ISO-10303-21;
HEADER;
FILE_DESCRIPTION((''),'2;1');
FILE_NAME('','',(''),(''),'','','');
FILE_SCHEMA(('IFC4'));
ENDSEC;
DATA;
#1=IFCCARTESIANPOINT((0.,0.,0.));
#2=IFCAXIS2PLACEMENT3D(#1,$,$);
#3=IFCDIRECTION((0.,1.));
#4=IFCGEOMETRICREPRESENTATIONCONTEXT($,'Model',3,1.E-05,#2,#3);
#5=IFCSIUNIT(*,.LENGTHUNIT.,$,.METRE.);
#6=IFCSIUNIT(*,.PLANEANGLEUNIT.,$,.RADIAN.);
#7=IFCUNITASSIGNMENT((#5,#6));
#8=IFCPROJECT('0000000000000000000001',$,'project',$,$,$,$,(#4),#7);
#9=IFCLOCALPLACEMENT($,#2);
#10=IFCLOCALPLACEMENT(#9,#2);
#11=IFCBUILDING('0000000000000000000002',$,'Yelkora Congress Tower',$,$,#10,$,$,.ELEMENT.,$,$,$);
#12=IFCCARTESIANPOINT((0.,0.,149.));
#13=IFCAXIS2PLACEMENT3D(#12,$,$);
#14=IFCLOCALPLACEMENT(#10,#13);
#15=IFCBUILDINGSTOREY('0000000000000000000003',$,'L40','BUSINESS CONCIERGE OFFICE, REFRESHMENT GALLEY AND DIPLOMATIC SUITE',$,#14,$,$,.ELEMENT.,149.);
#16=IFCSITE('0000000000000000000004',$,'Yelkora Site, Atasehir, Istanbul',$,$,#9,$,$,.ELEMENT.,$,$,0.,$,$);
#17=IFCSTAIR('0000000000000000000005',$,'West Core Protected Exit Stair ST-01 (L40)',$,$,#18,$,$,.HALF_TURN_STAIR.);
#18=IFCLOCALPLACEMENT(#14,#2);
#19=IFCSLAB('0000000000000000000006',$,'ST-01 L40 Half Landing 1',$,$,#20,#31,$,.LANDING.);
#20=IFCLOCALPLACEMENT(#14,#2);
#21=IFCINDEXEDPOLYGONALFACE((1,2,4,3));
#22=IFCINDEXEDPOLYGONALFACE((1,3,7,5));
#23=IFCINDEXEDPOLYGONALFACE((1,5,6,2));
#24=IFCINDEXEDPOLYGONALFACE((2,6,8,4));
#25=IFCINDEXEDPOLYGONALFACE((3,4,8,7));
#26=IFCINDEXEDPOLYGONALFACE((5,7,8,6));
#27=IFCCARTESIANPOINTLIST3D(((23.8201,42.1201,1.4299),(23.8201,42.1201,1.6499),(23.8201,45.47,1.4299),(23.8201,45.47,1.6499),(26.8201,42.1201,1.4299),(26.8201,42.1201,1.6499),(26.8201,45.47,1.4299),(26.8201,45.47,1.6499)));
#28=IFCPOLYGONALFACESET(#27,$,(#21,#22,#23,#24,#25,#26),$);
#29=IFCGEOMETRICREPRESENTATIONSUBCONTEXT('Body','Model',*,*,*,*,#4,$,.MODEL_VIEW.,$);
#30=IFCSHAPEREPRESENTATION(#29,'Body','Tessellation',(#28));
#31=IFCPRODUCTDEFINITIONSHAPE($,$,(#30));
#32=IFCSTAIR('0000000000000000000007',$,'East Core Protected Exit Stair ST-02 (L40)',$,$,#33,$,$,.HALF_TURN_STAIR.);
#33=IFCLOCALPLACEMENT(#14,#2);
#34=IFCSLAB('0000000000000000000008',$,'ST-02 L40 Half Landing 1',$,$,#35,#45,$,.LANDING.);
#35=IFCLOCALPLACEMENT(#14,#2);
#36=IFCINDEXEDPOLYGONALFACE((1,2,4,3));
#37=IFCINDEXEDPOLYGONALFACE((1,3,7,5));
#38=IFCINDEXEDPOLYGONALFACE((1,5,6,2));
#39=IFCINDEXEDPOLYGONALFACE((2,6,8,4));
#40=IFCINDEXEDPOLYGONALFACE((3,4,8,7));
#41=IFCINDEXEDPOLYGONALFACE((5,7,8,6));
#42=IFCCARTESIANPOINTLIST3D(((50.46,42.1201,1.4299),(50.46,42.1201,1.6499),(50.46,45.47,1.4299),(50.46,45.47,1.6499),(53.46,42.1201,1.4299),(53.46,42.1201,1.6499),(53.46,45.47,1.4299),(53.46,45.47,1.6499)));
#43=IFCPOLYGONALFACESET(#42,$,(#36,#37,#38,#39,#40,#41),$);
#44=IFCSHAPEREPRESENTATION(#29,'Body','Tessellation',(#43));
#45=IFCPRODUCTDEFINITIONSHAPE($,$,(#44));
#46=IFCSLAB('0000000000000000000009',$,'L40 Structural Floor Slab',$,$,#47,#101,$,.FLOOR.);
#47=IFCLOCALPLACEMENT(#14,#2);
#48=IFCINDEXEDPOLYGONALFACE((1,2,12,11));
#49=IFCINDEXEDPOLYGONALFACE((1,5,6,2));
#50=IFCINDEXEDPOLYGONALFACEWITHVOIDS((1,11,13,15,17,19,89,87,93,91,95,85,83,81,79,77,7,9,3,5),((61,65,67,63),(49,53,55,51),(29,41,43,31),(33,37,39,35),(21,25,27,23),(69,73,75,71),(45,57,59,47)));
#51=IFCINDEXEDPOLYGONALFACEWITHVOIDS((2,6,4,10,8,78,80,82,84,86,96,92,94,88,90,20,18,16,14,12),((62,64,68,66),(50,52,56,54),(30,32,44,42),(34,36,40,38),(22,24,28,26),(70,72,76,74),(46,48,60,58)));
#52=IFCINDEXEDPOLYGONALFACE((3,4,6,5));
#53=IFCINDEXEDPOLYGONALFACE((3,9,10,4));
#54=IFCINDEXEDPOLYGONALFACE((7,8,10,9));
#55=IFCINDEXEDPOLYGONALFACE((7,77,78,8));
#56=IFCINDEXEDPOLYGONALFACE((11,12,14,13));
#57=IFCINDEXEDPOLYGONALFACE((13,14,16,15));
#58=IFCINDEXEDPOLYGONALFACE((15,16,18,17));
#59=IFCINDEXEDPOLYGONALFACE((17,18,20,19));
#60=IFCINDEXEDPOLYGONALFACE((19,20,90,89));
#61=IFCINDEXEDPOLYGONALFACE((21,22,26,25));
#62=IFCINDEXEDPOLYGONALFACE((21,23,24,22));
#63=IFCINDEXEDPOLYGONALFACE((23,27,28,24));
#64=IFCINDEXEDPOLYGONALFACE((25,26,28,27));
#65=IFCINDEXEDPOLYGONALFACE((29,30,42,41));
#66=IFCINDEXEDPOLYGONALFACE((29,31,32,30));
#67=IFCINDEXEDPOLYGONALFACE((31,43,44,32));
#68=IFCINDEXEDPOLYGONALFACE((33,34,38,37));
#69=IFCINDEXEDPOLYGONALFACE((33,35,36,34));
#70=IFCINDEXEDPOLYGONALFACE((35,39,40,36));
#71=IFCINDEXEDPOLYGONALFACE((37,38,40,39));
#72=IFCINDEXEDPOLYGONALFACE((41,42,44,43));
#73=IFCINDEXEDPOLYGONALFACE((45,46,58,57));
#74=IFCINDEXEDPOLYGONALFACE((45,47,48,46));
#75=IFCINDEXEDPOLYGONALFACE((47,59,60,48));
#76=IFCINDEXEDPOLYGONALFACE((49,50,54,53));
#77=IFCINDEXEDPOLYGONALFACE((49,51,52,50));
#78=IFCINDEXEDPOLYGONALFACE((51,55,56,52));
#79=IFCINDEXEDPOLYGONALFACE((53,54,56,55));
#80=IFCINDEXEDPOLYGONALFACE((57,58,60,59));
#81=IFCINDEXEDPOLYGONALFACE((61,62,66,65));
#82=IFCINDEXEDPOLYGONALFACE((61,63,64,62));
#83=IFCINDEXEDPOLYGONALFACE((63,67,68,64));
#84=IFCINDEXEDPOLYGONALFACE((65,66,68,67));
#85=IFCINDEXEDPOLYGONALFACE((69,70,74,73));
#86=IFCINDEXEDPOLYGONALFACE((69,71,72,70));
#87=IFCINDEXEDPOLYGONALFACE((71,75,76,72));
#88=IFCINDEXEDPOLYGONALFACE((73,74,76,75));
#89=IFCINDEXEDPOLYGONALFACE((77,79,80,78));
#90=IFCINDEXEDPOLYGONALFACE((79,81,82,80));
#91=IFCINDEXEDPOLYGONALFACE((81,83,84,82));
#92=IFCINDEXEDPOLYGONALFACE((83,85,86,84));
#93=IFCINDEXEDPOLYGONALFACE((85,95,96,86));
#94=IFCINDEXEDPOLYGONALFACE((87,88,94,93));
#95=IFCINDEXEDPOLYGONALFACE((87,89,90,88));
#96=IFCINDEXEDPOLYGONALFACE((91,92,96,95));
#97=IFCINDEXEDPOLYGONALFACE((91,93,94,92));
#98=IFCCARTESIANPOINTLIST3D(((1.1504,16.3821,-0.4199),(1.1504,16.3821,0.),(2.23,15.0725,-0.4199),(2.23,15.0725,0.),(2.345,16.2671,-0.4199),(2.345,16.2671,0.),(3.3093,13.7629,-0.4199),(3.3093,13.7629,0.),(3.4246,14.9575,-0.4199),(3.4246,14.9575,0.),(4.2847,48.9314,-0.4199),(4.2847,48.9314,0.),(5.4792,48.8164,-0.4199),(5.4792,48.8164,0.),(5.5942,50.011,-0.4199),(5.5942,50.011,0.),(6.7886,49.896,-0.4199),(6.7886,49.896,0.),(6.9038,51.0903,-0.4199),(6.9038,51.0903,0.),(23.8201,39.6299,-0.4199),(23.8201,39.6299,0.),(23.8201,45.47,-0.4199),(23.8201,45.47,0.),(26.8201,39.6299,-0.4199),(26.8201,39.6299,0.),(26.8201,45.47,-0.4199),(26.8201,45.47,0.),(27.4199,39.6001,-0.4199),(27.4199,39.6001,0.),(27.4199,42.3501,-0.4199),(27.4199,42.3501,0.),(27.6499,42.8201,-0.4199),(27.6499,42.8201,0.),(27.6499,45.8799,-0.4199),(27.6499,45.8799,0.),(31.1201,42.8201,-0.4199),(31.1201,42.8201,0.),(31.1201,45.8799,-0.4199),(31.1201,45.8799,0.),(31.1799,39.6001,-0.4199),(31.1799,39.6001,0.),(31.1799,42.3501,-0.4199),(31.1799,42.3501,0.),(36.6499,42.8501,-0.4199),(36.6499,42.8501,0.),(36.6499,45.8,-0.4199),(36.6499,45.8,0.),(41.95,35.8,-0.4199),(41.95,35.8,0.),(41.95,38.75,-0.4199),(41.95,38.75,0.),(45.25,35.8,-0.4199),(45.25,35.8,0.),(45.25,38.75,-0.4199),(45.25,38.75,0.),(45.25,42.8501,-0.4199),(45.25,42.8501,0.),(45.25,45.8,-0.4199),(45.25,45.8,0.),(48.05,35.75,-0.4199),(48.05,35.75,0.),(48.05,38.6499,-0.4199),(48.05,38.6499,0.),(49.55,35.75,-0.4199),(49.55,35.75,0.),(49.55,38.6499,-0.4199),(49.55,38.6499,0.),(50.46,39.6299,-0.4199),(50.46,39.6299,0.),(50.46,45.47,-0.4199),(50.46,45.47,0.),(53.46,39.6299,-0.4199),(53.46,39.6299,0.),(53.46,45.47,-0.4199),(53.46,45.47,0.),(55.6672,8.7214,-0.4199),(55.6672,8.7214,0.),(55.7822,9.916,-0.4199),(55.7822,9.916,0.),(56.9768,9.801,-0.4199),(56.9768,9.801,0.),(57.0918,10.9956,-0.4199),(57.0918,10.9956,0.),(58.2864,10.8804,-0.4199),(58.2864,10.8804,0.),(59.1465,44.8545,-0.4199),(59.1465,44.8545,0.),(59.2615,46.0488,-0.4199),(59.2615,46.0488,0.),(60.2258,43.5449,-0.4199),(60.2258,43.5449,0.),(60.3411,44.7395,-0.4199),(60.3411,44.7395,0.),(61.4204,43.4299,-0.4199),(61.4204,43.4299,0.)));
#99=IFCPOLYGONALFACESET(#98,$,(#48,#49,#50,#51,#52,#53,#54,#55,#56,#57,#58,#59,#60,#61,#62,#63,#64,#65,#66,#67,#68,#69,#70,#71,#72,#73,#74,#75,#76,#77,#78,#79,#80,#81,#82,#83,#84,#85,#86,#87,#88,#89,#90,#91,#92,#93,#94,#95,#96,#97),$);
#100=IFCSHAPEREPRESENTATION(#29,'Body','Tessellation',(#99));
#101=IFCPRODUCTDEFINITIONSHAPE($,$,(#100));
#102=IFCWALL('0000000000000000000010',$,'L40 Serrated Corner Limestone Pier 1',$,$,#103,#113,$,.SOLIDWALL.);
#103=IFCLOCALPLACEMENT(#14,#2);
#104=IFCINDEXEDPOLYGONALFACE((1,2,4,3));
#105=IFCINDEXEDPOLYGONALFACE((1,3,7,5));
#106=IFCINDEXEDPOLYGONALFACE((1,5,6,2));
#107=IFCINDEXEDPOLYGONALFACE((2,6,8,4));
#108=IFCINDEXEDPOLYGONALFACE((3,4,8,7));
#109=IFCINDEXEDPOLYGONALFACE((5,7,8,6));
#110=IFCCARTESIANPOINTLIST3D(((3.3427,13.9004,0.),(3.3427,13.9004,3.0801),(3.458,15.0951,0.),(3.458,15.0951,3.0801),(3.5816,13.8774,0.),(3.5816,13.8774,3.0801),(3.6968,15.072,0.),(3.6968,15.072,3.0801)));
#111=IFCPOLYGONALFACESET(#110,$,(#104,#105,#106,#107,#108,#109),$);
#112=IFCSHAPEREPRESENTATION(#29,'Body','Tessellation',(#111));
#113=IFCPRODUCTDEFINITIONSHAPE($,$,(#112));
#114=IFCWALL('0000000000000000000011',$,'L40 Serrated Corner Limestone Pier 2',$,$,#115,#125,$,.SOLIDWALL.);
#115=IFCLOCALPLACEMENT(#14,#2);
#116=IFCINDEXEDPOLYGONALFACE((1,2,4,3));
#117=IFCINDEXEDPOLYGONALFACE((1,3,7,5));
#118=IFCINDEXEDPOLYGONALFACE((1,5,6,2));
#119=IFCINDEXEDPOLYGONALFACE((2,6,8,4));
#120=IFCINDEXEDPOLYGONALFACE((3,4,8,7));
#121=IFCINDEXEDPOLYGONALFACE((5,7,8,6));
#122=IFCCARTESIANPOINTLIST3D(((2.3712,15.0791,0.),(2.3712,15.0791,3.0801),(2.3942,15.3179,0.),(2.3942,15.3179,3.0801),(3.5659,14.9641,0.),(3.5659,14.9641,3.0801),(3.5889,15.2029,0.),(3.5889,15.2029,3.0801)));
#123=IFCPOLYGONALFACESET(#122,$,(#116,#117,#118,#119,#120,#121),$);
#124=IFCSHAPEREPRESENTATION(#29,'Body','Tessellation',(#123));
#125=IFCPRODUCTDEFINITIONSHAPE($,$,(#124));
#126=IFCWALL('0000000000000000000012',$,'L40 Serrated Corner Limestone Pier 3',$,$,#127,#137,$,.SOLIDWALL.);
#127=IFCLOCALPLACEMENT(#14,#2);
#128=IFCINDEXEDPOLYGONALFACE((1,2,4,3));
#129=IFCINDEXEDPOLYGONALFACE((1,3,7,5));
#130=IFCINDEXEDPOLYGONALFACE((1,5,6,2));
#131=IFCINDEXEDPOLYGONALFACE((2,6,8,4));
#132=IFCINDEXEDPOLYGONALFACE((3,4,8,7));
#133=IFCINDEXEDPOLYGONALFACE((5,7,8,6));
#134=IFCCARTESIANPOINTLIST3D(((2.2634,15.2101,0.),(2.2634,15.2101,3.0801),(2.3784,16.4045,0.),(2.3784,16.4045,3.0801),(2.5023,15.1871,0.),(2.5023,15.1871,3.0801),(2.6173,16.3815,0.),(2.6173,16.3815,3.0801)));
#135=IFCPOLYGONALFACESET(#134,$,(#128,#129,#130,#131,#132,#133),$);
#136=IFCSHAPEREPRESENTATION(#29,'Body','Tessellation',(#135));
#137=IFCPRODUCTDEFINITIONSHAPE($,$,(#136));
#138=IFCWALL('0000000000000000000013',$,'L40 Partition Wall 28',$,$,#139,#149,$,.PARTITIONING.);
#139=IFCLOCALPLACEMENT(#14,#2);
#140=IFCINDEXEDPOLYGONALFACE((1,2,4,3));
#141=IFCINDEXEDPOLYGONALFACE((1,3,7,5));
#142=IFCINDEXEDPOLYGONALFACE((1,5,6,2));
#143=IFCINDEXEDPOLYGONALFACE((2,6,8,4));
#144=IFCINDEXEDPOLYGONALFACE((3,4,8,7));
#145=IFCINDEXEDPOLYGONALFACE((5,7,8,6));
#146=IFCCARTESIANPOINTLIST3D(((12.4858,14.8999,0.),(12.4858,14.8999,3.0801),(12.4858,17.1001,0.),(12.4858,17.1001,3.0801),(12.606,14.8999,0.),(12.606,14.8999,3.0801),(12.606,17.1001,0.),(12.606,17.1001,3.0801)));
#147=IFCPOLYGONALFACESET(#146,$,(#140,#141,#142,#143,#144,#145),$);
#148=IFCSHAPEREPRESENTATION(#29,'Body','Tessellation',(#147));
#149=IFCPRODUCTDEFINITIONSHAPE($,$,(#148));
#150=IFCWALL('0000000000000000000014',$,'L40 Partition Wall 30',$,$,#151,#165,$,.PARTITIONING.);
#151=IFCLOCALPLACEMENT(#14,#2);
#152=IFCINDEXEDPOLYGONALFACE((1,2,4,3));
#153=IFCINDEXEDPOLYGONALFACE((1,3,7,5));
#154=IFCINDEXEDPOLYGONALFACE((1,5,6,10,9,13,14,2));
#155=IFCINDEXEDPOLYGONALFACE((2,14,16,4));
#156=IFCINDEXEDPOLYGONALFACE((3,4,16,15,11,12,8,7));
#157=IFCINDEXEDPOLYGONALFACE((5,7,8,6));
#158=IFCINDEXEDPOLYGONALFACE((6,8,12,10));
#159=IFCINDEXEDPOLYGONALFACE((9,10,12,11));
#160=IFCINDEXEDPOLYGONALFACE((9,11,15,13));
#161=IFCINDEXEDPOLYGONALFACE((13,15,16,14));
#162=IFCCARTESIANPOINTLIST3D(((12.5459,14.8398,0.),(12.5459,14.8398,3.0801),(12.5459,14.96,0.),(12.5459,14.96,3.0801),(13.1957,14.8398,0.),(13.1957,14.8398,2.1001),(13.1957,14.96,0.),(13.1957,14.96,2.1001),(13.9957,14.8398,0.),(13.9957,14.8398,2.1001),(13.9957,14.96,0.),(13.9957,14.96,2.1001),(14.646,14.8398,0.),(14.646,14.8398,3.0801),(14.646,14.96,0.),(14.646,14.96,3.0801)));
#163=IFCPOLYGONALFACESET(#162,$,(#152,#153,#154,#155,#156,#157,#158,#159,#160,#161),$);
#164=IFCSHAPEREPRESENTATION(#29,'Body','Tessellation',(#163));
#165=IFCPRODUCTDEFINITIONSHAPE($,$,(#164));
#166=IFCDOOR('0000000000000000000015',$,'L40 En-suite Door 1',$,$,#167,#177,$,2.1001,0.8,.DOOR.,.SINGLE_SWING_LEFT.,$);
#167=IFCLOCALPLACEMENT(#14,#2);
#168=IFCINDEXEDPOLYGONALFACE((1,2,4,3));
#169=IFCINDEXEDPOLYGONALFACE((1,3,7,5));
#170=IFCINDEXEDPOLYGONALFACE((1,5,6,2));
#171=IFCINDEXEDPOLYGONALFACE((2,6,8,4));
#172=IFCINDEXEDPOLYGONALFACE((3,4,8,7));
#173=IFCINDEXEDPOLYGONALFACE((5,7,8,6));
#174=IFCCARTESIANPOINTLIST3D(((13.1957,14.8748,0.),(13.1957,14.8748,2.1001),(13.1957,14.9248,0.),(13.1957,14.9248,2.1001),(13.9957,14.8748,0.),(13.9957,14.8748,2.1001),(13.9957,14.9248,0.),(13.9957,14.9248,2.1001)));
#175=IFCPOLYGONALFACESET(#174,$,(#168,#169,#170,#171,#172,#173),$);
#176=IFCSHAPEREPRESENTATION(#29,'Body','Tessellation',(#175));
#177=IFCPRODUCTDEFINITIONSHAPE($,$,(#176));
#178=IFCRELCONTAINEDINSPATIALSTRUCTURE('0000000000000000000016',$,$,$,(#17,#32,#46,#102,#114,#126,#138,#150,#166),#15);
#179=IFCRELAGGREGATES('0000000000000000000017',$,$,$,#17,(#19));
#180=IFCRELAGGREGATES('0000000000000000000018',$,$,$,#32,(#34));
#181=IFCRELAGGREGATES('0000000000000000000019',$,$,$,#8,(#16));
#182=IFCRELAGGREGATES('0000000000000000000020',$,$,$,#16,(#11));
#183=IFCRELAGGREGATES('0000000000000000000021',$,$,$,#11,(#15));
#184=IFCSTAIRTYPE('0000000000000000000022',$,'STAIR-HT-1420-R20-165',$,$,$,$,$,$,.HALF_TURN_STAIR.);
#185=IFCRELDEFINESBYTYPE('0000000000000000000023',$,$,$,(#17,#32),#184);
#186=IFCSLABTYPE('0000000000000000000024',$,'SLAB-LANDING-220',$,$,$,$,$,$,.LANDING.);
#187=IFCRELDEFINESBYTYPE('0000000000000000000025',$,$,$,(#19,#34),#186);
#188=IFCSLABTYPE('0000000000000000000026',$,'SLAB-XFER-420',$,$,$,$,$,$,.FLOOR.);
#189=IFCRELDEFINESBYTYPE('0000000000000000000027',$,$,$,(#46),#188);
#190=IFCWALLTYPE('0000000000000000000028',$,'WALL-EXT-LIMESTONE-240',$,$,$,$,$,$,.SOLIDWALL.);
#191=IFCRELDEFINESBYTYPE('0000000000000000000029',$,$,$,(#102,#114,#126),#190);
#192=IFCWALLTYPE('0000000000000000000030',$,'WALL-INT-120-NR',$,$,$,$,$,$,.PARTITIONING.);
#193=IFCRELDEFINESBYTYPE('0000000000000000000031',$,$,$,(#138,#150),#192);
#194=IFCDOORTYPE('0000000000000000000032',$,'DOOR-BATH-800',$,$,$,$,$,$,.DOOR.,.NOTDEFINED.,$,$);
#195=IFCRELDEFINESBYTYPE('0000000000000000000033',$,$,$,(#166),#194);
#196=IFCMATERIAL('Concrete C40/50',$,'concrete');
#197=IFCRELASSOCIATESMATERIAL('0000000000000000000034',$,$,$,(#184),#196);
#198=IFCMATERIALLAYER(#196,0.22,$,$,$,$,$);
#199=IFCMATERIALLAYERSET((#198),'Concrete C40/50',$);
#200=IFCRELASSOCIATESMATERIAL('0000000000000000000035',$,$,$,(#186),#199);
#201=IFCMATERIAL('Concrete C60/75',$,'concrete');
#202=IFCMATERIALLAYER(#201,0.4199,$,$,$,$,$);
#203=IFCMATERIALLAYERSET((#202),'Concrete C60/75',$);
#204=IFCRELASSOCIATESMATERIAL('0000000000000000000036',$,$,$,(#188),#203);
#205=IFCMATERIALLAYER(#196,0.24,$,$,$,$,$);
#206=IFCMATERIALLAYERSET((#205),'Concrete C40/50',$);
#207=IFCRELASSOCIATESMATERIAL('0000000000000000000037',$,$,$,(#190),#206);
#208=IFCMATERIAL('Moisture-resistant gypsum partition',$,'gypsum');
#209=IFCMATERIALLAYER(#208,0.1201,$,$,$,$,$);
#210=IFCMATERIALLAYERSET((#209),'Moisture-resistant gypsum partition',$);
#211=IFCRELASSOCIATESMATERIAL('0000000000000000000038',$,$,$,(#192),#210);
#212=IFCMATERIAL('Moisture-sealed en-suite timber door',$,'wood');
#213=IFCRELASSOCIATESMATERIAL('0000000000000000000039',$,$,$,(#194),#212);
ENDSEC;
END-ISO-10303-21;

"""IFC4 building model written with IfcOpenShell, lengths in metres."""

from ifc_helpers import new_model, si_unit, direction, frame, frame_2d, origin, place, context, subcontext, project, spatial, polyline, rectangle, outline, extrude, material, layer, layer_set, type_object, element, fill, aggregate, save


model = new_model("IFC4")

# Units and contexts
model_context = context("Model", 3, precision=1e-05, world=origin(), true_north=direction((0.0, 1.0)))
body_context = subcontext(model_context, "Body", "Model", "MODEL_VIEW")
ifc_project = project(units=[si_unit("LENGTHUNIT", "METRE"), si_unit("PLANEANGLEUNIT", "RADIAN")], contexts=[model_context])

# Site, building, storey
site_placement = place(None, origin())
site = spatial("IfcSite", under=ifc_project, at=site_placement, Name="Yelkora Site, Atasehir, Istanbul", CompositionType="ELEMENT", RefElevation=0.0)
building_placement = place(site_placement, origin())
building = spatial("IfcBuilding", under=site, at=building_placement, Name="Yelkora Congress Tower", CompositionType="ELEMENT")
storey_placement = place(building_placement, frame((0.0, 0.0, 149.0)))
storey = spatial("IfcBuildingStorey", under=building, at=storey_placement, Name="L40", Description="BUSINESS CONCIERGE OFFICE, REFRESHMENT GALLEY AND DIPLOMATIC SUITE", CompositionType="ELEMENT", Elevation=149.0)

# Stairs, slabs
ifc_material_1 = material(Name="Concrete C40/50", Category="concrete")
stair_type = type_object("IfcStairType", Name="STAIR-HT-1420-R20-165", PredefinedType="HALF_TURN_STAIR", material=ifc_material_1)
stair_1_placement = place(storey_placement, origin())
stair_1 = element("IfcStair", 1, at=stair_1_placement, inside=storey, type_object=stair_type, Name="West Core Protected Exit Stair ST-01 (L40)", PredefinedType="HALF_TURN_STAIR")
ifc_layer_1 = layer(ifc_material_1, 0.22)
ifc_layer_set_1 = layer_set([ifc_layer_1], Name="Concrete C40/50")
slab_type_1 = type_object("IfcSlabType", Name="SLAB-LANDING-220", PredefinedType="LANDING", material=ifc_layer_set_1)
slab_1_placement = place(storey_placement, frame((0.0, 0.0, 1.4299)))
slab_1 = element("IfcSlab", 2, at=slab_1_placement, type_object=slab_type_1, Name="ST-01 L40 Half Landing 1", PredefinedType="LANDING", context=body_context, shape_type="SweptSolid", body=[
    extrude(outline(polyline([(26.8201, 42.1201), (26.8201, 45.47), (23.8201, 45.47), (23.8201, 42.1201), (26.8201, 42.1201)])), origin(), (0.0, 0.0, 1.0), 0.22),
])
aggregate(stair_1, [slab_1])
stair_2_placement = place(storey_placement, origin())
stair_2 = element("IfcStair", 3, at=stair_2_placement, inside=storey, type_object=stair_type, Name="East Core Protected Exit Stair ST-02 (L40)", PredefinedType="HALF_TURN_STAIR")
slab_2_placement = place(storey_placement, frame((0.0, 0.0, 1.4299)))
slab_2 = element("IfcSlab", 4, at=slab_2_placement, type_object=slab_type_1, Name="ST-02 L40 Half Landing 1", PredefinedType="LANDING", context=body_context, shape_type="SweptSolid", body=[
    extrude(outline(polyline([(53.46, 42.1201), (53.46, 45.47), (50.46, 45.47), (50.46, 42.1201), (53.46, 42.1201)])), origin(), (0.0, 0.0, 1.0), 0.22),
])
aggregate(stair_2, [slab_2])

# Slab
ifc_material_2 = material(Name="Concrete C60/75", Category="concrete")
ifc_layer_2 = layer(ifc_material_2, 0.4199)
ifc_layer_set_2 = layer_set([ifc_layer_2], Name="Concrete C60/75")
slab_type_2 = type_object("IfcSlabType", Name="SLAB-XFER-420", PredefinedType="FLOOR", material=ifc_layer_set_2)
slab_3_placement = place(storey_placement, frame((0.0, 0.0, -0.4199)))
element("IfcSlab", 5, at=slab_3_placement, inside=storey, type_object=slab_type_2, Name="L40 Structural Floor Slab", PredefinedType="FLOOR", context=body_context, shape_type="SweptSolid", body=[
    extrude(outline(polyline([(3.3093, 13.7629), (55.6672, 8.7214), (55.7822, 9.916), (56.9768, 9.801), (57.0918, 10.9956), (58.2864, 10.8804), (61.4204, 43.4299), (60.2258, 43.5449), (60.3411, 44.7395), (59.1465, 44.8545), (59.2615, 46.0488), (6.9038, 51.0903), (6.7886, 49.896), (5.5942, 50.011), (5.4792, 48.8164), (4.2847, 48.9314), (1.1504, 16.3821), (2.345, 16.2671), (2.23, 15.0725), (3.4246, 14.9575), (3.3093, 13.7629)]), holes=[polyline([(23.8201, 39.6299), (26.8201, 39.6299), (26.8201, 45.47), (23.8201, 45.47), (23.8201, 39.6299)]), polyline([(50.46, 39.6299), (53.46, 39.6299), (53.46, 45.47), (50.46, 45.47), (50.46, 39.6299)]), polyline([(48.05, 35.75), (49.55, 35.75), (49.55, 38.6499), (48.05, 38.6499), (48.05, 35.75)]), polyline([(36.6499, 42.8501), (45.25, 42.8501), (45.25, 45.8), (36.6499, 45.8), (36.6499, 42.8501)]), polyline([(41.95, 35.8), (45.25, 35.8), (45.25, 38.75), (41.95, 38.75), (41.95, 35.8)]), polyline([(27.4199, 39.6001), (31.1799, 39.6001), (31.1799, 42.3501), (27.4199, 42.3501), (27.4199, 39.6001)]), polyline([(27.6499, 42.8201), (31.1201, 42.8201), (31.1201, 45.8799), (27.6499, 45.8799), (27.6499, 42.8201)])]), origin(), (0.0, 0.0, 1.0), 0.4199),
])

# Walls
ifc_layer_3 = layer(ifc_material_1, 0.24)
ifc_layer_set_3 = layer_set([ifc_layer_3], Name="Concrete C40/50")
wall_type_1 = type_object("IfcWallType", Name="WALL-EXT-LIMESTONE-240", PredefinedType="SOLIDWALL", material=ifc_layer_set_3)
for number, where, z_axis, x_axis, name in (
    (6, (3.4622, 13.8889, 0.0), (0.0, 0.0, 1.0), (0.096019, 0.99538, 0.0), "L40 Serrated Corner Limestone Pier 1"),
    (7, (3.5774, 15.0835, 0.0), (0.0, 0.0, 1.0), (-0.995399, 0.095817, 0.0), "L40 Serrated Corner Limestone Pier 2"),
):
    element("IfcWall", number, at=place(storey_placement, frame(where, z_axis=z_axis, x_axis=x_axis)), inside=storey, type_object=wall_type_1, Name=name, PredefinedType="SOLIDWALL", context=body_context, shape_type="SweptSolid", body=[
        extrude(rectangle(XDim=1.2002, YDim=0.24, at=frame_2d((0.6001, 0.0))), origin(), (0.0, 0.0, 1.0), 3.0801),
    ])
wall_1_placement = place(storey_placement, frame((2.3828, 15.1985, 0.0), z_axis=(0.0, 0.0, 1.0), x_axis=(0.095836, 0.995397, 0.0)))
element("IfcWall", 8, at=wall_1_placement, inside=storey, type_object=wall_type_1, Name="L40 Serrated Corner Limestone Pier 3", PredefinedType="SOLIDWALL", context=body_context, shape_type="SweptSolid", body=[
    extrude(rectangle(XDim=1.2, YDim=0.24, at=frame_2d((0.6001, 0.0))), origin(), (0.0, 0.0, 1.0), 3.0801),
])
ifc_material_3 = material(Name="Moisture-resistant gypsum partition", Category="gypsum")
ifc_layer_4 = layer(ifc_material_3, 0.1201)
ifc_layer_set_4 = layer_set([ifc_layer_4], Name="Moisture-resistant gypsum partition")
wall_type_2 = type_object("IfcWallType", Name="WALL-INT-120-NR", PredefinedType="PARTITIONING", material=ifc_layer_set_4)
wall_2_placement = place(storey_placement, frame((12.5459, 14.8999, 0.0), z_axis=(0.0, 0.0, 1.0), x_axis=(0.0, 1.0, 0.0)))
element("IfcWall", 9, at=wall_2_placement, inside=storey, type_object=wall_type_2, Name="L40 Partition Wall 28", PredefinedType="PARTITIONING", context=body_context, shape_type="SweptSolid", body=[
    extrude(rectangle(XDim=2.2002, YDim=0.1201, at=frame_2d((1.1001, 0.0))), origin(), (0.0, 0.0, 1.0), 3.0801),
])

# Wall, opening, door
wall_3_placement = place(storey_placement, frame((12.5459, 14.8999, 0.0), z_axis=(0.0, 0.0, 1.0), x_axis=(1.0, 0.0, 0.0)))
wall_3 = element("IfcWall", 10, at=wall_3_placement, inside=storey, type_object=wall_type_2, Name="L40 Partition Wall 30", PredefinedType="PARTITIONING", context=body_context, shape_type="SweptSolid", body=[
    extrude(rectangle(XDim=2.1001, YDim=0.1201, at=frame_2d((1.05, 0.0))), origin(), (0.0, 0.0, 1.0), 3.0801),
])
opening_placement = place(wall_3_placement, frame((0.6499, 0.0, 0.0)))
opening = element("IfcOpeningElement", 11, at=opening_placement, cuts=wall_3, PredefinedType="OPENING", context=body_context, shape_type="SweptSolid", body=[
    extrude(rectangle(XDim=0.8, YDim=2.1001, at=frame_2d((0.3999, 1.05))), frame((0.0, 0.0701, 0.0), z_axis=(0.0, -1.0, 0.0), x_axis=(1.0, 0.0, 0.0)), (0.0, 0.0, 1.0), 0.1401),
])
ifc_material_4 = material(Name="Moisture-sealed en-suite timber door", Category="wood")
door_type = type_object("IfcDoorType", Name="DOOR-BATH-800", OperationType="NOTDEFINED", PredefinedType="DOOR", material=ifc_material_4)
door_placement = place(opening_placement, origin())
door = element("IfcDoor", 12, at=door_placement, inside=storey, type_object=door_type, Name="L40 En-suite Door 1", OperationType="SINGLE_SWING_LEFT", OverallHeight=2.1001, OverallWidth=0.8, PredefinedType="DOOR", context=body_context, shape_type="SweptSolid", body=[
    extrude(rectangle(XDim=0.8, YDim=2.1001, at=frame_2d((0.3999, 1.05))), frame((0.0, 0.0249, 0.0), z_axis=(0.0, -1.0, 0.0), x_axis=(1.0, 0.0, 0.0)), (0.0, 0.0, 1.0), 0.05),
])
fill(opening, door)

save(model, "model.ifc")
